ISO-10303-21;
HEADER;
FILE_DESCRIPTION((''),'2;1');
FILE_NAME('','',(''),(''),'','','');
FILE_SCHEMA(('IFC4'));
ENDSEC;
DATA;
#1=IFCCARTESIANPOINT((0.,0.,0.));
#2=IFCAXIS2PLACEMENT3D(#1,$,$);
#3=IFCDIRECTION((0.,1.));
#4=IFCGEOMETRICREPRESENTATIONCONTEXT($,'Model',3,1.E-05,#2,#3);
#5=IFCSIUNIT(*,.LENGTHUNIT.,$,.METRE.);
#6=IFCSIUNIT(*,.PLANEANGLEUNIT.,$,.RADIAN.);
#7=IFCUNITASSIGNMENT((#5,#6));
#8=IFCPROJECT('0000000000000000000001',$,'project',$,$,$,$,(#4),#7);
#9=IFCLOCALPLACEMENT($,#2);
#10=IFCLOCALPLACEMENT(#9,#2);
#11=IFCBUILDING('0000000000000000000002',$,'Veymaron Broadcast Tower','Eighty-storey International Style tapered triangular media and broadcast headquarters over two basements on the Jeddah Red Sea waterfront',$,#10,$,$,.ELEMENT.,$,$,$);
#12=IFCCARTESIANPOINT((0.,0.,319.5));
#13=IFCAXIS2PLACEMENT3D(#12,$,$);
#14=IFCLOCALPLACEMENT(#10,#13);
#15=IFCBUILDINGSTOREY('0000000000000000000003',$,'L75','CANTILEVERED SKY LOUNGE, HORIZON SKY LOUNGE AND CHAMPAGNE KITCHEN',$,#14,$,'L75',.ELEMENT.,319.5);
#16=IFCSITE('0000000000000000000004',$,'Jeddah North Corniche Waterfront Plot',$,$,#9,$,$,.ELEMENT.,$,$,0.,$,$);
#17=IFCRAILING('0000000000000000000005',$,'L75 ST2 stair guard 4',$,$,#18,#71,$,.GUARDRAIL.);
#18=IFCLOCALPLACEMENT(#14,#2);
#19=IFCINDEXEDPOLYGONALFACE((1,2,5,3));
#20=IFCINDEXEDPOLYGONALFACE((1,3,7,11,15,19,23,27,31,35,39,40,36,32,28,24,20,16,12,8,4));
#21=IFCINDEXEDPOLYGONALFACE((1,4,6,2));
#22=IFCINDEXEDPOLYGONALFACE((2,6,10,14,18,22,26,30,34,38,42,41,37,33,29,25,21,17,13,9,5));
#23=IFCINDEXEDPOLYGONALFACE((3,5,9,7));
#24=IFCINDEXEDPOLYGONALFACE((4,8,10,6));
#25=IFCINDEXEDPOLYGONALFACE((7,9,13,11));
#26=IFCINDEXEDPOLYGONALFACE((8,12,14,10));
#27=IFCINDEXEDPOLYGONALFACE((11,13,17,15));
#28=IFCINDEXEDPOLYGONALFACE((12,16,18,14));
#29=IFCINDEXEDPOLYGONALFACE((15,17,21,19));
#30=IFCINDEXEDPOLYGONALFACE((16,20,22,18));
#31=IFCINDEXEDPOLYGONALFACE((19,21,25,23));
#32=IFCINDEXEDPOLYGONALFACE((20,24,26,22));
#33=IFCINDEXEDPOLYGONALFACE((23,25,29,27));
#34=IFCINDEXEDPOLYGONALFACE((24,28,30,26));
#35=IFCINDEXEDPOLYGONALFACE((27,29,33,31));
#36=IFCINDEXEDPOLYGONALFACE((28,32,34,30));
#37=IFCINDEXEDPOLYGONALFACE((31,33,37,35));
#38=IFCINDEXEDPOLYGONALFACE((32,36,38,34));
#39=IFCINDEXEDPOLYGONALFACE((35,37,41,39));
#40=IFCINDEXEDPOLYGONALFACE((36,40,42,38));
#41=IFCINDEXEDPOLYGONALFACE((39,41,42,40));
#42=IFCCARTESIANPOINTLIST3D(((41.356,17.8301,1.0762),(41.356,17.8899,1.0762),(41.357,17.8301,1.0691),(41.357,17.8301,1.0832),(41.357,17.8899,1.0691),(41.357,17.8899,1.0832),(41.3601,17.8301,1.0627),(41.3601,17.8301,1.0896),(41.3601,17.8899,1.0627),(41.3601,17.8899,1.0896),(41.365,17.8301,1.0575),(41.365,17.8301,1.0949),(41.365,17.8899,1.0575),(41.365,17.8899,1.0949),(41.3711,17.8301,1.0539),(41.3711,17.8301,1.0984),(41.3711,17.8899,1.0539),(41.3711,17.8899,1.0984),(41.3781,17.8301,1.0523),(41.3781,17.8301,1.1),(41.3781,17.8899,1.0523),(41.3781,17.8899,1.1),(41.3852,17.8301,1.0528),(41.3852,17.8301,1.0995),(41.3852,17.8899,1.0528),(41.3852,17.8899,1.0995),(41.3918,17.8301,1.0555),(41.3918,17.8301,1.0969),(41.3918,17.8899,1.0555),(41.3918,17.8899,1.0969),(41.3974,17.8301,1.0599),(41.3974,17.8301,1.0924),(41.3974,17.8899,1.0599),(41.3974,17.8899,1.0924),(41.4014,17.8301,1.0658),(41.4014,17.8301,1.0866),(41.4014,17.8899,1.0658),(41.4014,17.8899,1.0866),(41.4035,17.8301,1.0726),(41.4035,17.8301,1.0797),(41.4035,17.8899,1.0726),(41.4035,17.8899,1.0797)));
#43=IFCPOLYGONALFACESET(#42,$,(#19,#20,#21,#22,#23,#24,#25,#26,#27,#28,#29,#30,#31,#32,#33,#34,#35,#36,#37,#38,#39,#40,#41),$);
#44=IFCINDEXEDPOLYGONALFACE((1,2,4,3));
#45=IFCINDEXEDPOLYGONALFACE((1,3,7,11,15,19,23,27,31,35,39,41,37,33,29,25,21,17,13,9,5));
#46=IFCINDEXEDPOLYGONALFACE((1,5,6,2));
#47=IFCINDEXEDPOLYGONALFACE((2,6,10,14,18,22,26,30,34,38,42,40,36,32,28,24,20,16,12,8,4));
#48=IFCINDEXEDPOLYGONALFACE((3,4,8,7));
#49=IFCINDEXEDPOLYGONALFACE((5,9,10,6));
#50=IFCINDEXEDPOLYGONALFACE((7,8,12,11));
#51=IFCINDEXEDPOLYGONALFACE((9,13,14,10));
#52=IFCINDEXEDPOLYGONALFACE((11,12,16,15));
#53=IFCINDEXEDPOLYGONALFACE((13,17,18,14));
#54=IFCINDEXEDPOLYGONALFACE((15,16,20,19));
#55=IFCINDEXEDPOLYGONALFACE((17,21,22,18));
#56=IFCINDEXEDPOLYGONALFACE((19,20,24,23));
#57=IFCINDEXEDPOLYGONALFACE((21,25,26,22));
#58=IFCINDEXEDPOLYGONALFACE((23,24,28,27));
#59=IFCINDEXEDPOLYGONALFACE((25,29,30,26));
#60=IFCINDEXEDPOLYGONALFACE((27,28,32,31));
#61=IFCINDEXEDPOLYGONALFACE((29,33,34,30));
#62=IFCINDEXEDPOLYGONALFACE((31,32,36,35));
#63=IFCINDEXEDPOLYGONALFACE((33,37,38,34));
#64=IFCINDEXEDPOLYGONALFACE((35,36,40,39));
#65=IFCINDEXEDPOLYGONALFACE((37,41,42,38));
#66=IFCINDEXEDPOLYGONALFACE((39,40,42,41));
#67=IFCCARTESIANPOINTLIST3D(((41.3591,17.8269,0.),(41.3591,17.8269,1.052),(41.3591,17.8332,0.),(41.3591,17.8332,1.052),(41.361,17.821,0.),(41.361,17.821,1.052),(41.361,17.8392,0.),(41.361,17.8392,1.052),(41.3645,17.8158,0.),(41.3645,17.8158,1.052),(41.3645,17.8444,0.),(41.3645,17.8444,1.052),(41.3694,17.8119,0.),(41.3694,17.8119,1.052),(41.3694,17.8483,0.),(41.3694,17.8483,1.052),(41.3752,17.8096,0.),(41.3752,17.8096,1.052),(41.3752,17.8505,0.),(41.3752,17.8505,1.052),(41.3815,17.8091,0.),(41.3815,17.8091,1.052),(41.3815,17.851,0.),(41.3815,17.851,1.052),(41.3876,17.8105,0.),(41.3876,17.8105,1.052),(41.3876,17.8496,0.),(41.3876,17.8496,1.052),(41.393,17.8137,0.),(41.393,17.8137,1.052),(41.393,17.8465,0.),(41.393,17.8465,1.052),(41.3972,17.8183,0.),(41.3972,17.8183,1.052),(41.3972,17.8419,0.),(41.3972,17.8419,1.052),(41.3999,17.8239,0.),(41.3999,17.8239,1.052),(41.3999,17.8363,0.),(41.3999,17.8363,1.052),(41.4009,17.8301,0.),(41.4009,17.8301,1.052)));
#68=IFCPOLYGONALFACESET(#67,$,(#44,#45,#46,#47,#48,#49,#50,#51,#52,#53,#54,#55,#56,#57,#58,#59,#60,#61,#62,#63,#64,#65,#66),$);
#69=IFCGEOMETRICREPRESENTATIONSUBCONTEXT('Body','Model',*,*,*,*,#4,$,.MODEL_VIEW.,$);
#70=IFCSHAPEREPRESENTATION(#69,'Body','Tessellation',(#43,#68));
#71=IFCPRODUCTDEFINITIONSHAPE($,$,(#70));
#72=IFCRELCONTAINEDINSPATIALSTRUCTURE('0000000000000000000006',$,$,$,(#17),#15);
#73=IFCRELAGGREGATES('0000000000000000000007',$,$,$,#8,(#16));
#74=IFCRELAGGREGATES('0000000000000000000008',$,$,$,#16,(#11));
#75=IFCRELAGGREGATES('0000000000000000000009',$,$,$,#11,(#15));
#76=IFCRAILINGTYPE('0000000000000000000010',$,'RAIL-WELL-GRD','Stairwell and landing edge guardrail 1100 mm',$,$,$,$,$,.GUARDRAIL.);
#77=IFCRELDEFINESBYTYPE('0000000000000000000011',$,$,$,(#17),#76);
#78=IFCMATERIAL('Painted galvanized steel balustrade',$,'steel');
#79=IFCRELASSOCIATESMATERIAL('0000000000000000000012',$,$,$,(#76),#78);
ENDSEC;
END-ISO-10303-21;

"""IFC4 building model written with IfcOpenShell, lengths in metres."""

from ifc_helpers import new_model, si_unit, direction, frame, origin, origin_2d, place, context, subcontext, project, spatial, circle, extrude, material, type_object, element, save


model = new_model("IFC4")

# Units and contexts
model_context = context("Model", 3, precision=1e-05, world=origin(), true_north=direction((0.0, 1.0)))
body_context = subcontext(model_context, "Body", "Model", "MODEL_VIEW")
ifc_project = project(units=[si_unit("LENGTHUNIT", "METRE"), si_unit("PLANEANGLEUNIT", "RADIAN")], contexts=[model_context])

# Site, building, storey
site_placement = place(None, origin())
site = spatial("IfcSite", under=ifc_project, at=site_placement, Name="Jeddah North Corniche Waterfront Plot", CompositionType="ELEMENT", RefElevation=0.0)
building_placement = place(site_placement, origin())
building = spatial("IfcBuilding", under=site, at=building_placement, Name="Veymaron Broadcast Tower", Description="Eighty-storey International Style tapered triangular media and broadcast headquarters over two basements on the Jeddah Red Sea waterfront", CompositionType="ELEMENT")
storey_placement = place(building_placement, frame((0.0, 0.0, 319.5)))
storey = spatial("IfcBuildingStorey", under=building, at=storey_placement, Name="L75", Description="CANTILEVERED SKY LOUNGE, HORIZON SKY LOUNGE AND CHAMPAGNE KITCHEN", LongName="L75", CompositionType="ELEMENT", Elevation=319.5)

# Railing
ifc_material_1 = material(Name="Painted galvanized steel balustrade", Category="steel")
railing_type_1 = type_object("IfcRailingType", Name="RAIL-WELL-GRD", Description="Stairwell and landing edge guardrail 1100 mm", PredefinedType="GUARDRAIL", material=ifc_material_1)
railing_1_placement = place(storey_placement, frame((41.3799, 17.8301, 0.0)))
element("IfcRailing", 1, at=railing_1_placement, inside=storey, type_object=railing_type_1, Name="L75 ST2 stair guard 4", PredefinedType="GUARDRAIL", context=body_context, shape_type="SweptSolid", body=[
    extrude(circle(Radius=0.0239, at=origin_2d()), frame((0.0, 0.0, 1.0762), z_axis=(0.0, 1.0, 0.0), x_axis=(-1.0, 0.0, 0.0)), (0.0, 0.0, 1.0), 0.0598),
    extrude(circle(Radius=0.021, at=origin_2d()), origin(), (0.0, 0.0, 1.0), 1.052),
])

save(model, "model.ifc")
